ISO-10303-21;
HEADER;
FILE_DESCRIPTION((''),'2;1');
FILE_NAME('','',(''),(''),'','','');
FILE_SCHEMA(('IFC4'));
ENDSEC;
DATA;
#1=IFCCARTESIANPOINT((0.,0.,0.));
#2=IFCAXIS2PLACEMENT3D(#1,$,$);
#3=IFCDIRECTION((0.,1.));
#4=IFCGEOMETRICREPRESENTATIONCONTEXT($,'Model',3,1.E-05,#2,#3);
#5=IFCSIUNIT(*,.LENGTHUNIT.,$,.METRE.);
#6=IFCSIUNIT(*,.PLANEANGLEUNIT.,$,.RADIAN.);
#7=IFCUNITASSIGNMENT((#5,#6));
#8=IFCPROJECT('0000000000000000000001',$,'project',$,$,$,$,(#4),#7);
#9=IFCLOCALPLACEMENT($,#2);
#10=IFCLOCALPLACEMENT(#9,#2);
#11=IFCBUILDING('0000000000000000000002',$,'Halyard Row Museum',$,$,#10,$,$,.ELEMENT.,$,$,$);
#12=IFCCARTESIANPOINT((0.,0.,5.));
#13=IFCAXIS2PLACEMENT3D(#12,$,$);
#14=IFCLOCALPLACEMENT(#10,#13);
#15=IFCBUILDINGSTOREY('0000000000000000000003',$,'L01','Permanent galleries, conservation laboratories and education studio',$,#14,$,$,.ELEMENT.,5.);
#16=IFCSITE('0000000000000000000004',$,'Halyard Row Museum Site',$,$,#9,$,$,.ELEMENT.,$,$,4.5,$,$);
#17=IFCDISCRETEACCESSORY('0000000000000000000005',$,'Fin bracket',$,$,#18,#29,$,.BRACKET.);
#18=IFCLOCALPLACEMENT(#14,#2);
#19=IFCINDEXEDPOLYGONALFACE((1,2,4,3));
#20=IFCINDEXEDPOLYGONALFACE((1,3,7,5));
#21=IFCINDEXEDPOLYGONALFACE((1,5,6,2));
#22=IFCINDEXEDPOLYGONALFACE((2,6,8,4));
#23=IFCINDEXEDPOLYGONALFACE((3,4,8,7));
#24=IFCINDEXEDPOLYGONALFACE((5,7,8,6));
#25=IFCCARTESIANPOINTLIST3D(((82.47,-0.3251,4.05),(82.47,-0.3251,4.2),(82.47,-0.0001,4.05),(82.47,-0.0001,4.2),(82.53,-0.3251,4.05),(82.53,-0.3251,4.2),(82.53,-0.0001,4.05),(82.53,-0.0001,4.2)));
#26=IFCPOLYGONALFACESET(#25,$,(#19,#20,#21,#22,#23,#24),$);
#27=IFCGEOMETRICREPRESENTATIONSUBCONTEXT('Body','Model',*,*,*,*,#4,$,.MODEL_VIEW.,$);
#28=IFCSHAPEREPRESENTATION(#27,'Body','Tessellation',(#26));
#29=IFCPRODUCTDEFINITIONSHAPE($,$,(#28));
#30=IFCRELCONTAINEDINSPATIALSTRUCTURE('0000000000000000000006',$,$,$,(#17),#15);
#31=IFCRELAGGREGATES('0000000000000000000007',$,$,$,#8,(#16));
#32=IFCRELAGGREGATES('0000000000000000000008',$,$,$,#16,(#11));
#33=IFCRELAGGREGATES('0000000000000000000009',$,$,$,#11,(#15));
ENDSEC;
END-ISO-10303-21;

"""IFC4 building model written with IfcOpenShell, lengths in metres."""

from ifc_helpers import new_model, si_unit, direction, frame, origin, origin_2d, place, context, subcontext, project, spatial, rectangle, extrude, element, save


model = new_model("IFC4")

# Units and contexts
model_context = context("Model", 3, precision=1e-05, world=origin(), true_north=direction((0.0, 1.0)))
body_context = subcontext(model_context, "Body", "Model", "MODEL_VIEW")
ifc_project = project(units=[si_unit("LENGTHUNIT", "METRE"), si_unit("PLANEANGLEUNIT", "RADIAN")], contexts=[model_context])

# Site, building, storey
site_placement = place(None, origin())
site = spatial("IfcSite", under=ifc_project, at=site_placement, Name="Halyard Row Museum Site", CompositionType="ELEMENT", RefElevation=4.5)
building_placement = place(site_placement, origin())
building = spatial("IfcBuilding", under=site, at=building_placement, Name="Halyard Row Museum", CompositionType="ELEMENT")
storey_placement = place(building_placement, frame((0.0, 0.0, 5.0)))
storey = spatial("IfcBuildingStorey", under=building, at=storey_placement, Name="L01", Description="Permanent galleries, conservation laboratories and education studio", CompositionType="ELEMENT", Elevation=5.0)

# Discrete accessory
discrete_accessory_placement = place(storey_placement, frame((82.5, -0.1626, 4.05), z_axis=(0.0, 0.0, 1.0), x_axis=(1.0, 0.0, 0.0)))
element("IfcDiscreteAccessory", 1, at=discrete_accessory_placement, inside=storey, Name="Fin bracket", PredefinedType="BRACKET", context=body_context, shape_type="SweptSolid", body=[
    extrude(rectangle(XDim=0.0601, YDim=0.325, at=origin_2d()), origin(), (0.0, 0.0, 1.0), 0.1499),
])

save(model, "model.ifc")
